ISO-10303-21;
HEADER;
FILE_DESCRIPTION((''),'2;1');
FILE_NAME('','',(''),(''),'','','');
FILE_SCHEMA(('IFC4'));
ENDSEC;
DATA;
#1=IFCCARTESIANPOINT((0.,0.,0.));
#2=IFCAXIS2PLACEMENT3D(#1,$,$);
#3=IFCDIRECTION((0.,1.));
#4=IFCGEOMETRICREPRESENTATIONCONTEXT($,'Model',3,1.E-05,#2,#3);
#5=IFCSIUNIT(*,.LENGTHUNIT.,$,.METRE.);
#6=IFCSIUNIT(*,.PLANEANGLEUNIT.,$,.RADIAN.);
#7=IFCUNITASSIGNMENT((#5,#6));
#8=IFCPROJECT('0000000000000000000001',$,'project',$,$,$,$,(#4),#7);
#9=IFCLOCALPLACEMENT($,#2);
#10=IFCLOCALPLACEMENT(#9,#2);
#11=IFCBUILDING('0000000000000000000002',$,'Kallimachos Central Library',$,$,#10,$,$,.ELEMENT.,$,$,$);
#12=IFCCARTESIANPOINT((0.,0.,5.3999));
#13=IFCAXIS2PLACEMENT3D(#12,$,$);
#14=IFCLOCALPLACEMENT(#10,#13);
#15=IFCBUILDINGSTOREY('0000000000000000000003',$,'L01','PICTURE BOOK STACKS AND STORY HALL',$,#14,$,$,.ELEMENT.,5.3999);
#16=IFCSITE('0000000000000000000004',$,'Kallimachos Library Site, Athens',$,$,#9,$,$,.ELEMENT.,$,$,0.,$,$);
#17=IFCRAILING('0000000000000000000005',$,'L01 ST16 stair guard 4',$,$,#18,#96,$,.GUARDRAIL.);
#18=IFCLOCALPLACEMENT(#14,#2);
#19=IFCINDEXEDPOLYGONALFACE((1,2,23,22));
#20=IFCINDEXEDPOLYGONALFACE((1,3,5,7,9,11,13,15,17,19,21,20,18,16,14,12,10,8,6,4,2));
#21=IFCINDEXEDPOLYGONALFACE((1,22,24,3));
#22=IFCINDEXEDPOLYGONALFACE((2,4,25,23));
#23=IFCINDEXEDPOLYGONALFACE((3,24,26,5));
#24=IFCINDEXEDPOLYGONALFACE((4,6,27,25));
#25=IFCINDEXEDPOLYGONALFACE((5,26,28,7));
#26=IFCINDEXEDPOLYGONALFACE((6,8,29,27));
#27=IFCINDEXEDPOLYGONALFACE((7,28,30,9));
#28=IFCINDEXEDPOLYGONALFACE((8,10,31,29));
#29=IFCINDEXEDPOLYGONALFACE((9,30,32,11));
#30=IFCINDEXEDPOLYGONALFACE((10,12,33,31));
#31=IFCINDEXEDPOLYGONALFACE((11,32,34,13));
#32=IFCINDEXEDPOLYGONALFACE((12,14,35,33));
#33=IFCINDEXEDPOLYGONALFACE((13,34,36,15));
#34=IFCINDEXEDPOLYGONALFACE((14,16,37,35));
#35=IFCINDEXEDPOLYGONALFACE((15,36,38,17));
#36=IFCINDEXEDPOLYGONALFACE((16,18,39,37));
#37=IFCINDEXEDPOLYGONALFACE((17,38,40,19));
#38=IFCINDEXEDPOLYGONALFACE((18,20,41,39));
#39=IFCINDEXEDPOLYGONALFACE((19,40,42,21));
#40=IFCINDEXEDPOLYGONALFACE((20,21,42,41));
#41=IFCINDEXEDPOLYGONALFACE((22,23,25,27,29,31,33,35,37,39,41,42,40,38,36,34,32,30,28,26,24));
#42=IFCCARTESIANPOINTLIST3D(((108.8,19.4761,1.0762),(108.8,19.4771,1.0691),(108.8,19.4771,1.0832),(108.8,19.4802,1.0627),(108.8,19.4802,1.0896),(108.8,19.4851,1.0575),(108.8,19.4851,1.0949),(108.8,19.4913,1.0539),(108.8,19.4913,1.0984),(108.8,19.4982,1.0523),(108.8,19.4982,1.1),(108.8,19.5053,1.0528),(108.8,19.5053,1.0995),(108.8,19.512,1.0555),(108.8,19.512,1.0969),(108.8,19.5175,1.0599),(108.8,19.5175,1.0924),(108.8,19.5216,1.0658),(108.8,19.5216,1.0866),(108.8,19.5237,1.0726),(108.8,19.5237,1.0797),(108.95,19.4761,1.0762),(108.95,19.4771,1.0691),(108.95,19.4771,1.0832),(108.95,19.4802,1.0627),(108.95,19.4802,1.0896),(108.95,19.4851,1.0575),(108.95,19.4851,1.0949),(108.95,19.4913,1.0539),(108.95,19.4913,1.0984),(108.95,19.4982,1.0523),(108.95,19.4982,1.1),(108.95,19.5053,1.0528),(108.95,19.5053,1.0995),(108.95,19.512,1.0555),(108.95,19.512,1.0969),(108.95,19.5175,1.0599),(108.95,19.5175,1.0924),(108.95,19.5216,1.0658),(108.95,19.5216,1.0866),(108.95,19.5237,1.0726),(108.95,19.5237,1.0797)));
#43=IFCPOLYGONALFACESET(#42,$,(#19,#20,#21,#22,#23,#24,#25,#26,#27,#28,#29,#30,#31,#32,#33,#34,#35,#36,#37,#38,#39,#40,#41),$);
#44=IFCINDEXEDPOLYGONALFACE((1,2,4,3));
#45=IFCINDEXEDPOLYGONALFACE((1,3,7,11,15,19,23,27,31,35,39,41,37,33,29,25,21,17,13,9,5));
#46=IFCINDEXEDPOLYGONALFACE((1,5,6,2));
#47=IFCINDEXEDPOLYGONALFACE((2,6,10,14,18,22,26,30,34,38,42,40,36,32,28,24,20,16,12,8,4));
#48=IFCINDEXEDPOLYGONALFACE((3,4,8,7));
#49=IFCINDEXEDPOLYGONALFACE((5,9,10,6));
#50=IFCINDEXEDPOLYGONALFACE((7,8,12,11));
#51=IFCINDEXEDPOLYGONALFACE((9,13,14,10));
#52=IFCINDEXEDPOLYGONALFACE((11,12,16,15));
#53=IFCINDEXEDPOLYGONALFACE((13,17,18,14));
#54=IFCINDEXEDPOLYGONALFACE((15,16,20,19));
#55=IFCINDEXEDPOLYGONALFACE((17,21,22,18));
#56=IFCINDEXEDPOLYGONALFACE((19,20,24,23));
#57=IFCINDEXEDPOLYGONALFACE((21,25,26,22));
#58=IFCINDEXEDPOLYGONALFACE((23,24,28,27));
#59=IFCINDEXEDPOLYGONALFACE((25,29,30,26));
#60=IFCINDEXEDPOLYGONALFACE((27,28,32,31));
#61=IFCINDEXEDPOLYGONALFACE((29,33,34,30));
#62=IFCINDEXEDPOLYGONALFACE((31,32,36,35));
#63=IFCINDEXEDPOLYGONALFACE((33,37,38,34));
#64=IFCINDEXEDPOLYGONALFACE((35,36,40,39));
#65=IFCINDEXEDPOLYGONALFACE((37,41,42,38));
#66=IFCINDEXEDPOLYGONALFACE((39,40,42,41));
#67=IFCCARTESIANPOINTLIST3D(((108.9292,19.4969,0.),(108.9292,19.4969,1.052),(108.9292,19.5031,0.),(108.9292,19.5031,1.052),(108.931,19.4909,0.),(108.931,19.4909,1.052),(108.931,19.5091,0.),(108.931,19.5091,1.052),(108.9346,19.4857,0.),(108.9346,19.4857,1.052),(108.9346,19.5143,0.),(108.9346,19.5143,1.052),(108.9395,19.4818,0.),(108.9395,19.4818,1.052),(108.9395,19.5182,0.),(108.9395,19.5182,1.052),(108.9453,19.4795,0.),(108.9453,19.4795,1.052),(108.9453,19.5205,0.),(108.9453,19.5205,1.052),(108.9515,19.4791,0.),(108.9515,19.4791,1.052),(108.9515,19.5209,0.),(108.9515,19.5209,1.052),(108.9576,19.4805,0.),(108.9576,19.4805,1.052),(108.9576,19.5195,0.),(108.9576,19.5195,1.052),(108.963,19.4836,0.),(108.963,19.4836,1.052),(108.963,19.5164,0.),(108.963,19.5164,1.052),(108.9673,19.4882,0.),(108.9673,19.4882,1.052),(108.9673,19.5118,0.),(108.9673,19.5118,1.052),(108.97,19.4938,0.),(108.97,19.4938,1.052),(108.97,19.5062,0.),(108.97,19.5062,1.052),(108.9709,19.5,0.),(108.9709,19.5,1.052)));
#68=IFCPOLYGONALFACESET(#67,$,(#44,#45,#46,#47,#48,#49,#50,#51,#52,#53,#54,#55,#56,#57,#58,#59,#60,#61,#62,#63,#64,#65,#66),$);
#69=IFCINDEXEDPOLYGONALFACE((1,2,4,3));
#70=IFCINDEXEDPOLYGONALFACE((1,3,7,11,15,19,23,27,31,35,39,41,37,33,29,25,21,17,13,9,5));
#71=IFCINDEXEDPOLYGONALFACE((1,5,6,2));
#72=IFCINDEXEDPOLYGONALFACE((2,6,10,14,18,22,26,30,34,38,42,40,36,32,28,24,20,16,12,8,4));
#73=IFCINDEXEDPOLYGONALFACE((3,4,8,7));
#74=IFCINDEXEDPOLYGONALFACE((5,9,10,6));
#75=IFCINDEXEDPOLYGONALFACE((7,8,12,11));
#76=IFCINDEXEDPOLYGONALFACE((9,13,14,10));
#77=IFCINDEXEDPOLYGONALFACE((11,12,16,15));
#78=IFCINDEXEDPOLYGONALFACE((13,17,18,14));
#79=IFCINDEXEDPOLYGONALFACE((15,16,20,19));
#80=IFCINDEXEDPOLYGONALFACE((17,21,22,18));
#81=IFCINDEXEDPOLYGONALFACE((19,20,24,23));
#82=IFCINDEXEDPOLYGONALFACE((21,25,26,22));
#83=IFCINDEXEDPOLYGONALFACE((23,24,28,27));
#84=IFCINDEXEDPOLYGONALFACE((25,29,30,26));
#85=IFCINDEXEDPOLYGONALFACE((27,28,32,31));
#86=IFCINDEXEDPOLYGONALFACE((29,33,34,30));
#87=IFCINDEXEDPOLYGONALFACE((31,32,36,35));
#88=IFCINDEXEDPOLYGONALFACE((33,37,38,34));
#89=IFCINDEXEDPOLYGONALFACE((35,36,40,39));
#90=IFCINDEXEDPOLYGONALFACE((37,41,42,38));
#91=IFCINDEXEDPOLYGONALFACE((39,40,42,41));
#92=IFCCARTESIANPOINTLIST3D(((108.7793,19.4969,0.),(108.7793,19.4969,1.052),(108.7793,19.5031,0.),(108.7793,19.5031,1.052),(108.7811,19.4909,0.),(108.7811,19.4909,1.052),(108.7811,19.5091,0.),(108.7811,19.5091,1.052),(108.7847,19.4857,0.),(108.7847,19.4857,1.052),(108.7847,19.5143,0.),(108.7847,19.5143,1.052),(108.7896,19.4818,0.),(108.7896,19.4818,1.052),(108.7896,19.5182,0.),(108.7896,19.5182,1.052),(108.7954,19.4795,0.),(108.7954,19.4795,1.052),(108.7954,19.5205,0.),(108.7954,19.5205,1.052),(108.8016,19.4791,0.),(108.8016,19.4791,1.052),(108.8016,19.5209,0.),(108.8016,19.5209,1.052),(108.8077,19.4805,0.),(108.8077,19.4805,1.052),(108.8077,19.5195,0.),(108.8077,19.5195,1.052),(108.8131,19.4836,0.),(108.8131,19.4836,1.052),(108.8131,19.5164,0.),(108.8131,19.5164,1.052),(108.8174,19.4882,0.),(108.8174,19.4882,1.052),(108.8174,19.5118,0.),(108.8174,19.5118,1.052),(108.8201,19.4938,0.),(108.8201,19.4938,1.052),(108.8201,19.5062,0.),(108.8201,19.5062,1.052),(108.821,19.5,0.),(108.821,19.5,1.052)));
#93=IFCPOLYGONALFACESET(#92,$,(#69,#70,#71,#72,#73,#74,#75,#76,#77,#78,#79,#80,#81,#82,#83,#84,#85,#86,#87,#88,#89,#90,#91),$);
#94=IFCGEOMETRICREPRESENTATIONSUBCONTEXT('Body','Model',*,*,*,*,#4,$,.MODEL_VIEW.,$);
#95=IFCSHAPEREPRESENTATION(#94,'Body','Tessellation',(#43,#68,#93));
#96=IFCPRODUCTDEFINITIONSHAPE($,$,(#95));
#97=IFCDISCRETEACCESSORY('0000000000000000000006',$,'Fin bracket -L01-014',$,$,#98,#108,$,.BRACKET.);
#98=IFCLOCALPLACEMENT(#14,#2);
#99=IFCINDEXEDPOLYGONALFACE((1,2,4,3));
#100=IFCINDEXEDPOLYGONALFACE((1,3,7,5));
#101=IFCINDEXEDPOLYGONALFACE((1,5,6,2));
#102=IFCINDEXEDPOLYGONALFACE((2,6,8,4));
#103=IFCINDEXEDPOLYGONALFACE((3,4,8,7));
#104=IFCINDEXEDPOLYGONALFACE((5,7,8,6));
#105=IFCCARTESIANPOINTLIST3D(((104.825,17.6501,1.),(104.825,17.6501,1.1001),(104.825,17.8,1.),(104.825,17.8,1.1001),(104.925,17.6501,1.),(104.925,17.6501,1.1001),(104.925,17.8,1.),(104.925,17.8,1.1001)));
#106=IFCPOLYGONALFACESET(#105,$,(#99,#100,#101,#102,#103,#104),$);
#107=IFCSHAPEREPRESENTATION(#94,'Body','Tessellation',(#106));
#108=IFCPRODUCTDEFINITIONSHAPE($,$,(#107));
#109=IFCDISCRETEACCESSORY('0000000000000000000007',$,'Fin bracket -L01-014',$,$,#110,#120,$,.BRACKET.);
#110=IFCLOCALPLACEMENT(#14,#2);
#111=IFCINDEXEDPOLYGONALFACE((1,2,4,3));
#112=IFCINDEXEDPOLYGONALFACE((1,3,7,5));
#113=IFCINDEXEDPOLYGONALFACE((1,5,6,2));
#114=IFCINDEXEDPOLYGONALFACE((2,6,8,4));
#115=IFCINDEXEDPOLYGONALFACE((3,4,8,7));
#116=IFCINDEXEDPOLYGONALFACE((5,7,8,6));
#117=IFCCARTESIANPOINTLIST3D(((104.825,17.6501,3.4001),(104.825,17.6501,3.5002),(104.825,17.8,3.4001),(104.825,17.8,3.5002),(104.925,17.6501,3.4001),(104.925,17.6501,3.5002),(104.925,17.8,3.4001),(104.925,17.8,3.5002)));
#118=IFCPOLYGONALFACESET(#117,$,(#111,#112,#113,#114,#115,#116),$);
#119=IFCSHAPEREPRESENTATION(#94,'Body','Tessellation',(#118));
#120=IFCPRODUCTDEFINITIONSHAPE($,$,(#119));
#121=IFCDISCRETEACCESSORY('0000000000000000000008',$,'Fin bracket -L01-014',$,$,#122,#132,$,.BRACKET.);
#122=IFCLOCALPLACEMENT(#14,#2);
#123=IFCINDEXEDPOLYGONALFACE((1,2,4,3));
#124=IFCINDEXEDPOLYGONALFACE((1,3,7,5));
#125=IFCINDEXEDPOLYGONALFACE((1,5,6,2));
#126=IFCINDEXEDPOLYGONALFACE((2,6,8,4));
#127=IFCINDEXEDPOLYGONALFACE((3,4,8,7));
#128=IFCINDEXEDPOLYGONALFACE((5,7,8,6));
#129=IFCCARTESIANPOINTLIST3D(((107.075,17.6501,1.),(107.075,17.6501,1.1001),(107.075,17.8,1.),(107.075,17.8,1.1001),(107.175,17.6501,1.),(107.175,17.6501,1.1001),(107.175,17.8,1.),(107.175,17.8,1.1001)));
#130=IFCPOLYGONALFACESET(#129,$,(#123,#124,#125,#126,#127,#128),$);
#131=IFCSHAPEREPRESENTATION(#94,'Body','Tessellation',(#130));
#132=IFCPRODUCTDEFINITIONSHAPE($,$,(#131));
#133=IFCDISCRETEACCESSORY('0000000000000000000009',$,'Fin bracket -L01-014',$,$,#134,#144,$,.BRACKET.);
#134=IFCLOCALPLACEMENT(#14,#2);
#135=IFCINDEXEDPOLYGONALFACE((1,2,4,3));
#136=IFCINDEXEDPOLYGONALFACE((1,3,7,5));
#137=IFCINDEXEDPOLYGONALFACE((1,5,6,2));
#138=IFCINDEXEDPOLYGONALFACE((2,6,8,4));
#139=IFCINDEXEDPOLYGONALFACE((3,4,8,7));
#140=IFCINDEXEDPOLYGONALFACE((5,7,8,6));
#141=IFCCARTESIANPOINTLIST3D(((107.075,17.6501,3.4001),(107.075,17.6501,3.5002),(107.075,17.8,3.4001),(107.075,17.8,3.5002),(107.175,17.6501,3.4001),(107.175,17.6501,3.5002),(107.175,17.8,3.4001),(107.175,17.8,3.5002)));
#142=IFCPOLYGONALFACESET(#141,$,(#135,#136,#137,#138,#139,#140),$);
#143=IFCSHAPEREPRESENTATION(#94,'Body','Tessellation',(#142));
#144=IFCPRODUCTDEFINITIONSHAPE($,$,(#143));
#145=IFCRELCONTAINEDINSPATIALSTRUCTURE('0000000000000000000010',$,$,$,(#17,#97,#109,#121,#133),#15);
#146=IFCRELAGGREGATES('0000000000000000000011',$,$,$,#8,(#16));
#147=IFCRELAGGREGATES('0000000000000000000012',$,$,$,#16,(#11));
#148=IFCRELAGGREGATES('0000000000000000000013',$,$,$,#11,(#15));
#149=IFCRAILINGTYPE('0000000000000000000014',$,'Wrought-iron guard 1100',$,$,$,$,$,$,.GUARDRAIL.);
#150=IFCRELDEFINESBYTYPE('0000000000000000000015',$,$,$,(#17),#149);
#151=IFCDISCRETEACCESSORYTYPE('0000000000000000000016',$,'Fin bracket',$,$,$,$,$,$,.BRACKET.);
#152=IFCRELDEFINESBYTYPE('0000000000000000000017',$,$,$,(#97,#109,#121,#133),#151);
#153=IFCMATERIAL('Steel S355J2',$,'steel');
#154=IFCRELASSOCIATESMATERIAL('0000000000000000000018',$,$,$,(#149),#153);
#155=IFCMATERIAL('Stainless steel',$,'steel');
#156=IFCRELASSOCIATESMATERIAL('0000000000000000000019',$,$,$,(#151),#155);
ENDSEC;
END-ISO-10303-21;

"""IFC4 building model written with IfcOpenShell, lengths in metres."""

from ifc_helpers import new_model, si_unit, direction, frame, origin, origin_2d, place, context, subcontext, project, spatial, rectangle, circle, extrude, material, type_object, element, save


model = new_model("IFC4")

# Units and contexts
model_context = context("Model", 3, precision=1e-05, world=origin(), true_north=direction((0.0, 1.0)))
body_context = subcontext(model_context, "Body", "Model", "MODEL_VIEW")
ifc_project = project(units=[si_unit("LENGTHUNIT", "METRE"), si_unit("PLANEANGLEUNIT", "RADIAN")], contexts=[model_context])

# Site, building, storey
site_placement = place(None, origin())
site = spatial("IfcSite", under=ifc_project, at=site_placement, Name="Kallimachos Library Site, Athens", CompositionType="ELEMENT", RefElevation=0.0)
building_placement = place(site_placement, origin())
building = spatial("IfcBuilding", under=site, at=building_placement, Name="Kallimachos Central Library", CompositionType="ELEMENT")
storey_placement = place(building_placement, frame((0.0, 0.0, 5.3999)))
storey = spatial("IfcBuildingStorey", under=building, at=storey_placement, Name="L01", Description="PICTURE BOOK STACKS AND STORY HALL", CompositionType="ELEMENT", Elevation=5.3999)

# Railing
ifc_material_1 = material(Name="Steel S355J2", Category="steel")
railing_type_1 = type_object("IfcRailingType", Name="Wrought-iron guard 1100", PredefinedType="GUARDRAIL", material=ifc_material_1)
railing_1_placement = place(storey_placement, frame((108.95, 19.5, 0.0)))
element("IfcRailing", 1, at=railing_1_placement, inside=storey, type_object=railing_type_1, Name="L01 ST16 stair guard 4", PredefinedType="GUARDRAIL", context=body_context, shape_type="SweptSolid", body=[
    extrude(circle(Radius=0.0239, at=origin_2d()), frame((0.0, 0.0, 1.0762), z_axis=(-1.0, 0.0, 0.0), x_axis=(0.0, -1.0, 0.0)), (0.0, 0.0, 1.0), 0.1499),
    extrude(circle(Radius=0.021, at=origin_2d()), origin(), (0.0, 0.0, 1.0), 1.052),
    extrude(circle(Radius=0.021, at=origin_2d()), frame((-0.1499, 0.0, 0.0)), (0.0, 0.0, 1.0), 1.052),
])

# Discrete accessories
ifc_material_2 = material(Name="Stainless steel", Category="steel")
discrete_accessory_type = type_object("IfcDiscreteAccessoryType", Name="Fin bracket", PredefinedType="BRACKET", material=ifc_material_2)
for number, where, z_axis, x_axis, name in (
    (2, (104.875, 17.7251, 1.0), (0.0, 0.0, 1.0), (1.0, 0.0, 0.0), "Fin bracket -L01-014"),
    (3, (104.875, 17.7251, 3.4001), (0.0, 0.0, 1.0), (1.0, 0.0, 0.0), "Fin bracket -L01-014"),
    (4, (107.125, 17.7251, 1.0), (0.0, 0.0, 1.0), (1.0, 0.0, 0.0), "Fin bracket -L01-014"),
    (5, (107.125, 17.7251, 3.4001), (0.0, 0.0, 1.0), (1.0, 0.0, 0.0), "Fin bracket -L01-014"),
):
    element("IfcDiscreteAccessory", number, at=place(storey_placement, frame(where, z_axis=z_axis, x_axis=x_axis)), inside=storey, type_object=discrete_accessory_type, Name=name, PredefinedType="BRACKET", context=body_context, shape_type="SweptSolid", body=[
        extrude(rectangle(XDim=0.1001, YDim=0.1499, at=origin_2d()), origin(), (0.0, 0.0, 1.0), 0.1001),
    ])

save(model, "model.ifc")
